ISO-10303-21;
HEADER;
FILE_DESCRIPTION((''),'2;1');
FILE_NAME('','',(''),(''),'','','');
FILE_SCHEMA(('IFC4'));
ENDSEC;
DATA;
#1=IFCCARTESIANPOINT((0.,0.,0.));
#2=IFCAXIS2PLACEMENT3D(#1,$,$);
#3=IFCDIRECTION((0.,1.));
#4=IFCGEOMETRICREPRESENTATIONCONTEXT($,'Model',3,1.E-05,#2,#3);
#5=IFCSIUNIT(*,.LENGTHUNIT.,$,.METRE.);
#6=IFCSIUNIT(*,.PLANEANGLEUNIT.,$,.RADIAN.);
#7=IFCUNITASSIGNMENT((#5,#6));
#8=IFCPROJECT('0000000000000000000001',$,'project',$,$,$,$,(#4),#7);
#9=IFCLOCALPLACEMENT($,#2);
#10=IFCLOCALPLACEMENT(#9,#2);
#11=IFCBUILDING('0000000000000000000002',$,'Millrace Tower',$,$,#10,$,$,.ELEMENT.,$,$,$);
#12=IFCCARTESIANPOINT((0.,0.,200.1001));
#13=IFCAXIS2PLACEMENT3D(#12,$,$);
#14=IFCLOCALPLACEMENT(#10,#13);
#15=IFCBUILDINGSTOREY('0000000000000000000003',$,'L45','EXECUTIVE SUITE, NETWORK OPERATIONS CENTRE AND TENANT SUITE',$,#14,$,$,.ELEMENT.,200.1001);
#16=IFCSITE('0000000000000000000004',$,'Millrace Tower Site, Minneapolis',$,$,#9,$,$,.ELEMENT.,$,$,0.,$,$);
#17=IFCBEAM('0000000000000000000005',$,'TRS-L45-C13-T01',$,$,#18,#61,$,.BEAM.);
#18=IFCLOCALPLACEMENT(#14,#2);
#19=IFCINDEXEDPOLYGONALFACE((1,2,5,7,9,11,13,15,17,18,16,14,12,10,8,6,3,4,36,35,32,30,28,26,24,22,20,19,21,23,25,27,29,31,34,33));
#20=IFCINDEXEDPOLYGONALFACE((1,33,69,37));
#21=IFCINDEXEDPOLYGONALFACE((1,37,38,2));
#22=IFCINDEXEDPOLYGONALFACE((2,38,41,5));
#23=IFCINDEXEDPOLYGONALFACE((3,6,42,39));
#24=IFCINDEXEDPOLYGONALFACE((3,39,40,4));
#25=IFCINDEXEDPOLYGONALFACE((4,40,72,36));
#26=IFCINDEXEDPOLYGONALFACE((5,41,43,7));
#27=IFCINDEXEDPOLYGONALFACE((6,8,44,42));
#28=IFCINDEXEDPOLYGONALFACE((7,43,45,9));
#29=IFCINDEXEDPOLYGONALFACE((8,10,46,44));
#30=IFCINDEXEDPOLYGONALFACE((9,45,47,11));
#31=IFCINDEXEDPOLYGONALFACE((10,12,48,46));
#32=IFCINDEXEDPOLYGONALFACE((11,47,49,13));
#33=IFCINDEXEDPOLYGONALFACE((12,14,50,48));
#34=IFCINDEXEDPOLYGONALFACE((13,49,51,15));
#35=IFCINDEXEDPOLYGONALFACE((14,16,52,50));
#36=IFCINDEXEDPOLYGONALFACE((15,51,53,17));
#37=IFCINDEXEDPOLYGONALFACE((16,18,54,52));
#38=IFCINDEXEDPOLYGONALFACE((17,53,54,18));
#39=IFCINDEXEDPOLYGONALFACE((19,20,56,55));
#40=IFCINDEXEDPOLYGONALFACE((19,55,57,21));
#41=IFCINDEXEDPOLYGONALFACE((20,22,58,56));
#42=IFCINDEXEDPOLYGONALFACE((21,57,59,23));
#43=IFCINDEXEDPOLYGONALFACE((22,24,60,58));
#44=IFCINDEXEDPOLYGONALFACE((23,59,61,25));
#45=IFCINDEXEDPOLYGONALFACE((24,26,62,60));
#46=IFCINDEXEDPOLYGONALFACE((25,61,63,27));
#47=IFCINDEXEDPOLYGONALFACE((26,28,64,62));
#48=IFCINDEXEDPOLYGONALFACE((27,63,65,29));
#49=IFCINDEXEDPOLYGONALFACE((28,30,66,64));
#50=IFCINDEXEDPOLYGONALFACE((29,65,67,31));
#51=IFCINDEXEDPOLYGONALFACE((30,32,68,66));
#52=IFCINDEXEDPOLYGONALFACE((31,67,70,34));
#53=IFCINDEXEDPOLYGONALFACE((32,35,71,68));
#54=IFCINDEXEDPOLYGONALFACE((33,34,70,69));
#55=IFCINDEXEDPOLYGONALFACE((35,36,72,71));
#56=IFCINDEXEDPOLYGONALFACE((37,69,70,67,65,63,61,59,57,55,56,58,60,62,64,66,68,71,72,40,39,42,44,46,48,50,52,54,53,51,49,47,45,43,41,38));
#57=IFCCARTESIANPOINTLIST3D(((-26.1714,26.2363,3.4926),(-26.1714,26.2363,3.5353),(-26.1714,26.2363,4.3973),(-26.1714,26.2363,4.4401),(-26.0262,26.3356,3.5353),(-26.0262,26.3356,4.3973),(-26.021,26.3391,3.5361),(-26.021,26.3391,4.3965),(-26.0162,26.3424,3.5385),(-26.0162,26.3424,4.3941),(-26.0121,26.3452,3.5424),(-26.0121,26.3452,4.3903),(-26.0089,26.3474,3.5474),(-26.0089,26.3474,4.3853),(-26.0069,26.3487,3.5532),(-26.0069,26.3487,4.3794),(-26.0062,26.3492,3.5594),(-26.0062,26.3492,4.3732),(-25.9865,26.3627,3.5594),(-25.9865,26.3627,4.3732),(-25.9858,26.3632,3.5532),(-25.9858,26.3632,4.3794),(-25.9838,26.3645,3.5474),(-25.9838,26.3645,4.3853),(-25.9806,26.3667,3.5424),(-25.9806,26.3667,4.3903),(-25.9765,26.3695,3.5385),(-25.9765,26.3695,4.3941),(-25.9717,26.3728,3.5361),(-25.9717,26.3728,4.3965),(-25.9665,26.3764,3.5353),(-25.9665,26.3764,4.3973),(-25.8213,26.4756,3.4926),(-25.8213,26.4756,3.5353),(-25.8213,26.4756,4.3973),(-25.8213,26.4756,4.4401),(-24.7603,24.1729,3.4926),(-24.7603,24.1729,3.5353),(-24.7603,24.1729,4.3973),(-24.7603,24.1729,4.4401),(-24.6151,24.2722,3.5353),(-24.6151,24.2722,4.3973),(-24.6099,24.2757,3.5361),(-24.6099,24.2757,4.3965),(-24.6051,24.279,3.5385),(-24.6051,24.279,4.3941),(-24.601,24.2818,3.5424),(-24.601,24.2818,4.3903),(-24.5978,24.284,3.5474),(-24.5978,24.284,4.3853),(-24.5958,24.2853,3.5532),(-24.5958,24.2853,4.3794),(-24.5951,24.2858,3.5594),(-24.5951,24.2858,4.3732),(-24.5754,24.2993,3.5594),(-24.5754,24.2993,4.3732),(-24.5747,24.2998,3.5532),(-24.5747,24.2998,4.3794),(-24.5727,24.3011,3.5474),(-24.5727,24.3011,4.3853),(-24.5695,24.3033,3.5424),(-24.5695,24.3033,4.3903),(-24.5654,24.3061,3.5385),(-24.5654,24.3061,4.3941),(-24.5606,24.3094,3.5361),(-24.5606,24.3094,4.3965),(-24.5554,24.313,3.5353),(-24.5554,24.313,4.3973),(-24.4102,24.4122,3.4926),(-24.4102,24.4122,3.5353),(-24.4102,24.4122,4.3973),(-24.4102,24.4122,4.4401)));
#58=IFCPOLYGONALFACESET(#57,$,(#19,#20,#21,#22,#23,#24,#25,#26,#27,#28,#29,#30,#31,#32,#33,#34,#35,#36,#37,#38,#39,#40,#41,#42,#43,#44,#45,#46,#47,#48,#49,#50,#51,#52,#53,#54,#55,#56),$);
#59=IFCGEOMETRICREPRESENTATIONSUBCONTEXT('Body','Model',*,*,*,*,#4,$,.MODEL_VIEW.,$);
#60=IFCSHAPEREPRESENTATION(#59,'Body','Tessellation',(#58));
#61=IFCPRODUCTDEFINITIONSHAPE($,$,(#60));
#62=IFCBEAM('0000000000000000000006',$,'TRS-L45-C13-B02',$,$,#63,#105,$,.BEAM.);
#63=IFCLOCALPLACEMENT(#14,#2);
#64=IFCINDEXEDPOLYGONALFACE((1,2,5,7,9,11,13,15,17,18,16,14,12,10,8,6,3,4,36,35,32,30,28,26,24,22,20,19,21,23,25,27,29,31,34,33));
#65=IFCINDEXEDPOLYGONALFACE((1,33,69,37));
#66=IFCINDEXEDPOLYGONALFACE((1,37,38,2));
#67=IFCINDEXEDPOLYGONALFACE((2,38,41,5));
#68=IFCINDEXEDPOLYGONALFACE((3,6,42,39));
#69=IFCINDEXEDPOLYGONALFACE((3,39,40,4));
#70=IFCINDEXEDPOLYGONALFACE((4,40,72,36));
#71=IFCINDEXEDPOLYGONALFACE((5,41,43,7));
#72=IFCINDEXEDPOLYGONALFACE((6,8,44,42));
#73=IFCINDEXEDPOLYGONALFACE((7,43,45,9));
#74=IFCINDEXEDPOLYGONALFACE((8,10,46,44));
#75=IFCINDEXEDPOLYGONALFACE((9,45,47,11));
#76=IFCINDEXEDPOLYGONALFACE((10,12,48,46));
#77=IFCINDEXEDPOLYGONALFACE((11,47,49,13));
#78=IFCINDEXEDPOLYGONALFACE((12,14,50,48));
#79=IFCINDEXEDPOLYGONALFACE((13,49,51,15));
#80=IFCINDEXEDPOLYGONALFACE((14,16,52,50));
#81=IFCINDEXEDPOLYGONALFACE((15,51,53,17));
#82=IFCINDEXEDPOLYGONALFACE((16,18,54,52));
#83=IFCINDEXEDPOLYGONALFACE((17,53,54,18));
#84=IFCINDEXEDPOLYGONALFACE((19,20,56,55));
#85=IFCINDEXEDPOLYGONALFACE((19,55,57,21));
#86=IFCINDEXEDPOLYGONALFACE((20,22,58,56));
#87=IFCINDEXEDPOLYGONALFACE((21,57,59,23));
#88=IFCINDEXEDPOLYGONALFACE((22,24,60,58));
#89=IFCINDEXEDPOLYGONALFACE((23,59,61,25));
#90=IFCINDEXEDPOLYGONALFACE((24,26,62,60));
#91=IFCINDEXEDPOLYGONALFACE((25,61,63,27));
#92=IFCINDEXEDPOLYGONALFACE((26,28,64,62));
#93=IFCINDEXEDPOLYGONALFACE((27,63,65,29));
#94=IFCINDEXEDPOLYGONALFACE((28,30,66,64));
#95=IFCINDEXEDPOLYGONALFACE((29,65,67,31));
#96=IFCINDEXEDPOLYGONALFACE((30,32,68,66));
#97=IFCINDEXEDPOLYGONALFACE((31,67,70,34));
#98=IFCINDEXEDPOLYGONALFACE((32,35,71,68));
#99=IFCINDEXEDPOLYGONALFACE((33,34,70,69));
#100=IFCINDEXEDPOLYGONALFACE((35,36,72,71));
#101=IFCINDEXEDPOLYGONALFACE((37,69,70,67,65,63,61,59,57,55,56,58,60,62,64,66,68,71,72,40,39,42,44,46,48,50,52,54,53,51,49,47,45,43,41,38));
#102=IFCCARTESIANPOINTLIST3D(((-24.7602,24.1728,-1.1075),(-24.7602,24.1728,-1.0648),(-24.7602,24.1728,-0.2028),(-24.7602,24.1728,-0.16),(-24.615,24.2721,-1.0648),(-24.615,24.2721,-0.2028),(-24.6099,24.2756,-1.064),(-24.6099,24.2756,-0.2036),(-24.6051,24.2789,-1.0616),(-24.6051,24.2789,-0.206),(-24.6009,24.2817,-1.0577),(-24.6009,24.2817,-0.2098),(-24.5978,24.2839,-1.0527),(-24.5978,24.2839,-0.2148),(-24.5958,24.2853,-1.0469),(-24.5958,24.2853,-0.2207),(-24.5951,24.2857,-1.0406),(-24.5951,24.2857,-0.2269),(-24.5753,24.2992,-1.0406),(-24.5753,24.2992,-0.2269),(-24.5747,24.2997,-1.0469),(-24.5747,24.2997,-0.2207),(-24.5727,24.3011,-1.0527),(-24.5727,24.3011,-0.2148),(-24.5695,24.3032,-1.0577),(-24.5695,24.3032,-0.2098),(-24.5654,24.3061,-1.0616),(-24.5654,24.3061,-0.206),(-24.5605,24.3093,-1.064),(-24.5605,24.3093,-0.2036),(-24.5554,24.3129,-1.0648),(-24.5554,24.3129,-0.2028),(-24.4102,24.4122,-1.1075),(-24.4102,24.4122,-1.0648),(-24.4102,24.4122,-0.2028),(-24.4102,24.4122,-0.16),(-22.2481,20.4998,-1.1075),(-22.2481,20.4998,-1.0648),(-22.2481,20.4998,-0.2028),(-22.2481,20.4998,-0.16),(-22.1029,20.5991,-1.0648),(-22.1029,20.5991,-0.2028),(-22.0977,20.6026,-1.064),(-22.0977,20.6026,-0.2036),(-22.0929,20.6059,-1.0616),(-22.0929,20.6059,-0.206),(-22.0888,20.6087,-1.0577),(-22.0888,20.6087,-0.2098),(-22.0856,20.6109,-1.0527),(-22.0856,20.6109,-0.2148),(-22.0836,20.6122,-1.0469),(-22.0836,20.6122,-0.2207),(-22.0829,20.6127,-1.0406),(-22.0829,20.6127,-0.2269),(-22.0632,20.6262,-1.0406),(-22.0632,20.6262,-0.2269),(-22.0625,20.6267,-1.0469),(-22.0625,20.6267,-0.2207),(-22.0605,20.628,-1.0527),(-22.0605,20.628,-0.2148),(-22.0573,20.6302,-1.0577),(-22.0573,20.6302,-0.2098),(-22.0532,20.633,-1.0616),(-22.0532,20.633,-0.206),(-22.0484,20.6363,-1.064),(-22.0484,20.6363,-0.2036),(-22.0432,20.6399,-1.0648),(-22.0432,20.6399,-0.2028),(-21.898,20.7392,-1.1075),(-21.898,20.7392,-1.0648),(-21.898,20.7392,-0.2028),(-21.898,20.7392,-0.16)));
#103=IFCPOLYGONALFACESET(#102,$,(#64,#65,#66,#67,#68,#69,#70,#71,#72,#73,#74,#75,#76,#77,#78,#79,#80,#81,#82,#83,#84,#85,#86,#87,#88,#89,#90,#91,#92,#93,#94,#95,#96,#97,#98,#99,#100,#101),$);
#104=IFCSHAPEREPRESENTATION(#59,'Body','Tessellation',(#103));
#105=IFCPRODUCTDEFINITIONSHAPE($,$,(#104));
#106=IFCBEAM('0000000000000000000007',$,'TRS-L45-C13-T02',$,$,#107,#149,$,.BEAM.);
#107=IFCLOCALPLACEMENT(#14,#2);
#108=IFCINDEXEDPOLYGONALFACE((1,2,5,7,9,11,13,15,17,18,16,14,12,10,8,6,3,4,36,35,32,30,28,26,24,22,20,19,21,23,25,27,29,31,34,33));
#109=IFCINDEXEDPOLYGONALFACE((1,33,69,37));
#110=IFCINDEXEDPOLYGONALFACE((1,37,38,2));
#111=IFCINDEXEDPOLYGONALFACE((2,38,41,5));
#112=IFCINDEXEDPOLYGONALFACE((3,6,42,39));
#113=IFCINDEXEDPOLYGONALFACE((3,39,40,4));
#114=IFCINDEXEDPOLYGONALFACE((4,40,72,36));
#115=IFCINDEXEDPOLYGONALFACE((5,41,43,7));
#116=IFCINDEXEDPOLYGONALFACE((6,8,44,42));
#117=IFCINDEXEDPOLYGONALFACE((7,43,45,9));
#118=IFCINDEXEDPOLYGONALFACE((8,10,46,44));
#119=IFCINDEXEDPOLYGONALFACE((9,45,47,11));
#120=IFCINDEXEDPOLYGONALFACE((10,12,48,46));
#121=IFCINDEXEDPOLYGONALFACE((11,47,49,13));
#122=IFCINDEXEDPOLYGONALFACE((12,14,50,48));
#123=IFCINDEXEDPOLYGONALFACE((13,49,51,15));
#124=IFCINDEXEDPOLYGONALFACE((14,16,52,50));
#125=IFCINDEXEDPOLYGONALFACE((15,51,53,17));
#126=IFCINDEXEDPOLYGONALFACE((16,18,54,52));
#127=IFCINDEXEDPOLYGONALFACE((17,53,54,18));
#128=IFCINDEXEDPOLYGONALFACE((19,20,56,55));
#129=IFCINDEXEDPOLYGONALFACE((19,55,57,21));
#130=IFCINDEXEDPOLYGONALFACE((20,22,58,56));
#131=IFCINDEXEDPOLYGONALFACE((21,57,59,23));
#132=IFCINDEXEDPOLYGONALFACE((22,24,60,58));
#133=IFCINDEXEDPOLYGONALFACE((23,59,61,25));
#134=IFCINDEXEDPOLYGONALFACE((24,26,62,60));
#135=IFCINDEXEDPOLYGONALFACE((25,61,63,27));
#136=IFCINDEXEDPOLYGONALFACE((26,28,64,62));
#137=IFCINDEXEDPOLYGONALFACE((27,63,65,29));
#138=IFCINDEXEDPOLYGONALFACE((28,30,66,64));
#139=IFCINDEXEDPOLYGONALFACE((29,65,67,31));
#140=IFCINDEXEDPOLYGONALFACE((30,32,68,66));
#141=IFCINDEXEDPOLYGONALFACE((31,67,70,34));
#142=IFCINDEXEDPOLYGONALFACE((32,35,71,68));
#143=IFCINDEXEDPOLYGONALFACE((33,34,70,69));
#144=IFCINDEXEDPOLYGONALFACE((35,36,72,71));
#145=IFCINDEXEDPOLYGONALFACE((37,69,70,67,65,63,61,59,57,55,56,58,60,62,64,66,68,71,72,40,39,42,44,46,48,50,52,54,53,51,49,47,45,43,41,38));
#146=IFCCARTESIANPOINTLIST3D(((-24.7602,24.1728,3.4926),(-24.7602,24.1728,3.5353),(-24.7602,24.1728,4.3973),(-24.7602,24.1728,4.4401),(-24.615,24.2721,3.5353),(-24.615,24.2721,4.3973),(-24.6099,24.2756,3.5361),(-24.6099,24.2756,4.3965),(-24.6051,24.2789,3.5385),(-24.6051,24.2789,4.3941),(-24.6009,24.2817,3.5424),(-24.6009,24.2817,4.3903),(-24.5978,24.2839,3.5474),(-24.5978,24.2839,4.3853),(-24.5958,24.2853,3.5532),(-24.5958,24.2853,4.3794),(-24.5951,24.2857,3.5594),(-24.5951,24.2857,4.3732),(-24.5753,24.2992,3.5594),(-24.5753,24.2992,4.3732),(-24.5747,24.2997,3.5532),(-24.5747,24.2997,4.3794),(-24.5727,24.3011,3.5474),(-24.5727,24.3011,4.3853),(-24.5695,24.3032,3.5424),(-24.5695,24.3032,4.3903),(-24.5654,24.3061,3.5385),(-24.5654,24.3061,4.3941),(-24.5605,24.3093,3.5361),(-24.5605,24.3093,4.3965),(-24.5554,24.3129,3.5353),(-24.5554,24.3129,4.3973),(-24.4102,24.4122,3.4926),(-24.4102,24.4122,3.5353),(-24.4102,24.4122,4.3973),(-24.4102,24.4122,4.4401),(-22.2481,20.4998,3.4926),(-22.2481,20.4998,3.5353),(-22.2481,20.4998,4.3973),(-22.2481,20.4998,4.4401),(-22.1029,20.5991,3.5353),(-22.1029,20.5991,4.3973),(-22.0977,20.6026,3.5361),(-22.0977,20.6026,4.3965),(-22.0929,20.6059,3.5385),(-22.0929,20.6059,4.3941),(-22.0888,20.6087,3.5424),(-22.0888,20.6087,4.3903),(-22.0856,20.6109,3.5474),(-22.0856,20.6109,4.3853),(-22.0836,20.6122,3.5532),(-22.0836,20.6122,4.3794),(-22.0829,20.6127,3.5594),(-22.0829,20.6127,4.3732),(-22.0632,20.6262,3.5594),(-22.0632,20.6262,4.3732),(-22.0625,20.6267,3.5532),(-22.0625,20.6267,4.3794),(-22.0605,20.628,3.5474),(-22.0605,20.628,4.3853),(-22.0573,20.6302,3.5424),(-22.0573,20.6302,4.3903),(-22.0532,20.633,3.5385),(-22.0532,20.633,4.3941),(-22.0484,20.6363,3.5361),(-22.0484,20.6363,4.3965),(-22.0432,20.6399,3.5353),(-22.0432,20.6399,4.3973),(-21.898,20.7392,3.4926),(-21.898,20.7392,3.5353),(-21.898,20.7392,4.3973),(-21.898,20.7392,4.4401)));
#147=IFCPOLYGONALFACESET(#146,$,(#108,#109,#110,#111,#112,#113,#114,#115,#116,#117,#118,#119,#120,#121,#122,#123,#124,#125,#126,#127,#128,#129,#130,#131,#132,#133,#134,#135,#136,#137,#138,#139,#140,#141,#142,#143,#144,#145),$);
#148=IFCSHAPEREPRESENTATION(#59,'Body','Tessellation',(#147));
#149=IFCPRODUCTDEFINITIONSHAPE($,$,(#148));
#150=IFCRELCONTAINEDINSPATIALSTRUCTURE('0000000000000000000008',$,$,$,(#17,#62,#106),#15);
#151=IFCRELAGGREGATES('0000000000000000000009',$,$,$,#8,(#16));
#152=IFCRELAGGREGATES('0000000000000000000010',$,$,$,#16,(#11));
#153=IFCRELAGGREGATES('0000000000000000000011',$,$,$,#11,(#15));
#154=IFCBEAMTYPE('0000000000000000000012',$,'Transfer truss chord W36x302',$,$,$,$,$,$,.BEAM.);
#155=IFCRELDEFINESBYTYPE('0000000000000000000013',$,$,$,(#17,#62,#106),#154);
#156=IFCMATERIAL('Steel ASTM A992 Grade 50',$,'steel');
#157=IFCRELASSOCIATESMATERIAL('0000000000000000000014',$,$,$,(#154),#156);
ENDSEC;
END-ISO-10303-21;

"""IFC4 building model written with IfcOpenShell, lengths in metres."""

from ifc_helpers import new_model, si_unit, direction, frame, origin, origin_2d, place, context, subcontext, project, spatial, i_section, extrude, material, material_profile, profile_set, type_object, element, save


model = new_model("IFC4")

# Units and contexts
model_context = context("Model", 3, precision=1e-05, world=origin(), true_north=direction((0.0, 1.0)))
body_context = subcontext(model_context, "Body", "Model", "MODEL_VIEW")
ifc_project = project(units=[si_unit("LENGTHUNIT", "METRE"), si_unit("PLANEANGLEUNIT", "RADIAN")], contexts=[model_context])

# Site, building, storey
site_placement = place(None, origin())
site = spatial("IfcSite", under=ifc_project, at=site_placement, Name="Millrace Tower Site, Minneapolis", CompositionType="ELEMENT", RefElevation=0.0)
building_placement = place(site_placement, origin())
building = spatial("IfcBuilding", under=site, at=building_placement, Name="Millrace Tower", CompositionType="ELEMENT")
storey_placement = place(building_placement, frame((0.0, 0.0, 200.1001)))
storey = spatial("IfcBuildingStorey", under=building, at=storey_placement, Name="L45", Description="EXECUTIVE SUITE, NETWORK OPERATIONS CENTRE AND TENANT SUITE", CompositionType="ELEMENT", Elevation=200.1001)

# Beams
ifc_material_1 = material(Name="Steel ASTM A992 Grade 50", Category="steel")
ifc_material_profile_1 = material_profile(ifc_material_1, i_section(OverallWidth=0.4241, OverallDepth=0.9475, WebThickness=0.0239, FlangeThickness=0.0427, FilletRadius=0.0242, at=origin_2d()))
ifc_profile_set_1 = profile_set([ifc_material_profile_1], Name="Steel ASTM A992 Grade 50")
beam_type_1 = type_object("IfcBeamType", Name="Transfer truss chord W36x302", PredefinedType="BEAM", material=ifc_profile_set_1)
for number, where, z_axis, x_axis, name in (
    (1, (-25.9963, 26.356, 3.9663), (0.564488, -0.825441, 0.0), (0.825441, 0.564488, 0.0), "TRS-L45-C13-T01"),
):
    element("IfcBeam", number, at=place(storey_placement, frame(where, z_axis=z_axis, x_axis=x_axis)), inside=storey, type_object=beam_type_1, Name=name, PredefinedType="BEAM", context=body_context, shape_type="SweptSolid", body=[
        extrude(i_section(OverallWidth=0.4241, OverallDepth=0.9475, WebThickness=0.0239, FlangeThickness=0.0427, FilletRadius=0.0242, at=origin_2d()), origin(), (0.0, 0.0, 1.0), 2.4998),
    ])
for number, where, z_axis, x_axis, name in (
    (2, (-24.5852, 24.2925, -0.6338), (0.564536, -0.825408, 0.0), (0.825408, 0.564536, 0.0), "TRS-L45-C13-B02"),
    (3, (-24.5852, 24.2925, 3.9663), (0.564536, -0.825408, 0.0), (0.825408, 0.564536, 0.0), "TRS-L45-C13-T02"),
):
    element("IfcBeam", number, at=place(storey_placement, frame(where, z_axis=z_axis, x_axis=x_axis)), inside=storey, type_object=beam_type_1, Name=name, PredefinedType="BEAM", context=body_context, shape_type="SweptSolid", body=[
        extrude(i_section(OverallWidth=0.4241, OverallDepth=0.9475, WebThickness=0.0239, FlangeThickness=0.0427, FilletRadius=0.0242, at=origin_2d()), origin(), (0.0, 0.0, 1.0), 4.45),
    ])

save(model, "model.ifc")
